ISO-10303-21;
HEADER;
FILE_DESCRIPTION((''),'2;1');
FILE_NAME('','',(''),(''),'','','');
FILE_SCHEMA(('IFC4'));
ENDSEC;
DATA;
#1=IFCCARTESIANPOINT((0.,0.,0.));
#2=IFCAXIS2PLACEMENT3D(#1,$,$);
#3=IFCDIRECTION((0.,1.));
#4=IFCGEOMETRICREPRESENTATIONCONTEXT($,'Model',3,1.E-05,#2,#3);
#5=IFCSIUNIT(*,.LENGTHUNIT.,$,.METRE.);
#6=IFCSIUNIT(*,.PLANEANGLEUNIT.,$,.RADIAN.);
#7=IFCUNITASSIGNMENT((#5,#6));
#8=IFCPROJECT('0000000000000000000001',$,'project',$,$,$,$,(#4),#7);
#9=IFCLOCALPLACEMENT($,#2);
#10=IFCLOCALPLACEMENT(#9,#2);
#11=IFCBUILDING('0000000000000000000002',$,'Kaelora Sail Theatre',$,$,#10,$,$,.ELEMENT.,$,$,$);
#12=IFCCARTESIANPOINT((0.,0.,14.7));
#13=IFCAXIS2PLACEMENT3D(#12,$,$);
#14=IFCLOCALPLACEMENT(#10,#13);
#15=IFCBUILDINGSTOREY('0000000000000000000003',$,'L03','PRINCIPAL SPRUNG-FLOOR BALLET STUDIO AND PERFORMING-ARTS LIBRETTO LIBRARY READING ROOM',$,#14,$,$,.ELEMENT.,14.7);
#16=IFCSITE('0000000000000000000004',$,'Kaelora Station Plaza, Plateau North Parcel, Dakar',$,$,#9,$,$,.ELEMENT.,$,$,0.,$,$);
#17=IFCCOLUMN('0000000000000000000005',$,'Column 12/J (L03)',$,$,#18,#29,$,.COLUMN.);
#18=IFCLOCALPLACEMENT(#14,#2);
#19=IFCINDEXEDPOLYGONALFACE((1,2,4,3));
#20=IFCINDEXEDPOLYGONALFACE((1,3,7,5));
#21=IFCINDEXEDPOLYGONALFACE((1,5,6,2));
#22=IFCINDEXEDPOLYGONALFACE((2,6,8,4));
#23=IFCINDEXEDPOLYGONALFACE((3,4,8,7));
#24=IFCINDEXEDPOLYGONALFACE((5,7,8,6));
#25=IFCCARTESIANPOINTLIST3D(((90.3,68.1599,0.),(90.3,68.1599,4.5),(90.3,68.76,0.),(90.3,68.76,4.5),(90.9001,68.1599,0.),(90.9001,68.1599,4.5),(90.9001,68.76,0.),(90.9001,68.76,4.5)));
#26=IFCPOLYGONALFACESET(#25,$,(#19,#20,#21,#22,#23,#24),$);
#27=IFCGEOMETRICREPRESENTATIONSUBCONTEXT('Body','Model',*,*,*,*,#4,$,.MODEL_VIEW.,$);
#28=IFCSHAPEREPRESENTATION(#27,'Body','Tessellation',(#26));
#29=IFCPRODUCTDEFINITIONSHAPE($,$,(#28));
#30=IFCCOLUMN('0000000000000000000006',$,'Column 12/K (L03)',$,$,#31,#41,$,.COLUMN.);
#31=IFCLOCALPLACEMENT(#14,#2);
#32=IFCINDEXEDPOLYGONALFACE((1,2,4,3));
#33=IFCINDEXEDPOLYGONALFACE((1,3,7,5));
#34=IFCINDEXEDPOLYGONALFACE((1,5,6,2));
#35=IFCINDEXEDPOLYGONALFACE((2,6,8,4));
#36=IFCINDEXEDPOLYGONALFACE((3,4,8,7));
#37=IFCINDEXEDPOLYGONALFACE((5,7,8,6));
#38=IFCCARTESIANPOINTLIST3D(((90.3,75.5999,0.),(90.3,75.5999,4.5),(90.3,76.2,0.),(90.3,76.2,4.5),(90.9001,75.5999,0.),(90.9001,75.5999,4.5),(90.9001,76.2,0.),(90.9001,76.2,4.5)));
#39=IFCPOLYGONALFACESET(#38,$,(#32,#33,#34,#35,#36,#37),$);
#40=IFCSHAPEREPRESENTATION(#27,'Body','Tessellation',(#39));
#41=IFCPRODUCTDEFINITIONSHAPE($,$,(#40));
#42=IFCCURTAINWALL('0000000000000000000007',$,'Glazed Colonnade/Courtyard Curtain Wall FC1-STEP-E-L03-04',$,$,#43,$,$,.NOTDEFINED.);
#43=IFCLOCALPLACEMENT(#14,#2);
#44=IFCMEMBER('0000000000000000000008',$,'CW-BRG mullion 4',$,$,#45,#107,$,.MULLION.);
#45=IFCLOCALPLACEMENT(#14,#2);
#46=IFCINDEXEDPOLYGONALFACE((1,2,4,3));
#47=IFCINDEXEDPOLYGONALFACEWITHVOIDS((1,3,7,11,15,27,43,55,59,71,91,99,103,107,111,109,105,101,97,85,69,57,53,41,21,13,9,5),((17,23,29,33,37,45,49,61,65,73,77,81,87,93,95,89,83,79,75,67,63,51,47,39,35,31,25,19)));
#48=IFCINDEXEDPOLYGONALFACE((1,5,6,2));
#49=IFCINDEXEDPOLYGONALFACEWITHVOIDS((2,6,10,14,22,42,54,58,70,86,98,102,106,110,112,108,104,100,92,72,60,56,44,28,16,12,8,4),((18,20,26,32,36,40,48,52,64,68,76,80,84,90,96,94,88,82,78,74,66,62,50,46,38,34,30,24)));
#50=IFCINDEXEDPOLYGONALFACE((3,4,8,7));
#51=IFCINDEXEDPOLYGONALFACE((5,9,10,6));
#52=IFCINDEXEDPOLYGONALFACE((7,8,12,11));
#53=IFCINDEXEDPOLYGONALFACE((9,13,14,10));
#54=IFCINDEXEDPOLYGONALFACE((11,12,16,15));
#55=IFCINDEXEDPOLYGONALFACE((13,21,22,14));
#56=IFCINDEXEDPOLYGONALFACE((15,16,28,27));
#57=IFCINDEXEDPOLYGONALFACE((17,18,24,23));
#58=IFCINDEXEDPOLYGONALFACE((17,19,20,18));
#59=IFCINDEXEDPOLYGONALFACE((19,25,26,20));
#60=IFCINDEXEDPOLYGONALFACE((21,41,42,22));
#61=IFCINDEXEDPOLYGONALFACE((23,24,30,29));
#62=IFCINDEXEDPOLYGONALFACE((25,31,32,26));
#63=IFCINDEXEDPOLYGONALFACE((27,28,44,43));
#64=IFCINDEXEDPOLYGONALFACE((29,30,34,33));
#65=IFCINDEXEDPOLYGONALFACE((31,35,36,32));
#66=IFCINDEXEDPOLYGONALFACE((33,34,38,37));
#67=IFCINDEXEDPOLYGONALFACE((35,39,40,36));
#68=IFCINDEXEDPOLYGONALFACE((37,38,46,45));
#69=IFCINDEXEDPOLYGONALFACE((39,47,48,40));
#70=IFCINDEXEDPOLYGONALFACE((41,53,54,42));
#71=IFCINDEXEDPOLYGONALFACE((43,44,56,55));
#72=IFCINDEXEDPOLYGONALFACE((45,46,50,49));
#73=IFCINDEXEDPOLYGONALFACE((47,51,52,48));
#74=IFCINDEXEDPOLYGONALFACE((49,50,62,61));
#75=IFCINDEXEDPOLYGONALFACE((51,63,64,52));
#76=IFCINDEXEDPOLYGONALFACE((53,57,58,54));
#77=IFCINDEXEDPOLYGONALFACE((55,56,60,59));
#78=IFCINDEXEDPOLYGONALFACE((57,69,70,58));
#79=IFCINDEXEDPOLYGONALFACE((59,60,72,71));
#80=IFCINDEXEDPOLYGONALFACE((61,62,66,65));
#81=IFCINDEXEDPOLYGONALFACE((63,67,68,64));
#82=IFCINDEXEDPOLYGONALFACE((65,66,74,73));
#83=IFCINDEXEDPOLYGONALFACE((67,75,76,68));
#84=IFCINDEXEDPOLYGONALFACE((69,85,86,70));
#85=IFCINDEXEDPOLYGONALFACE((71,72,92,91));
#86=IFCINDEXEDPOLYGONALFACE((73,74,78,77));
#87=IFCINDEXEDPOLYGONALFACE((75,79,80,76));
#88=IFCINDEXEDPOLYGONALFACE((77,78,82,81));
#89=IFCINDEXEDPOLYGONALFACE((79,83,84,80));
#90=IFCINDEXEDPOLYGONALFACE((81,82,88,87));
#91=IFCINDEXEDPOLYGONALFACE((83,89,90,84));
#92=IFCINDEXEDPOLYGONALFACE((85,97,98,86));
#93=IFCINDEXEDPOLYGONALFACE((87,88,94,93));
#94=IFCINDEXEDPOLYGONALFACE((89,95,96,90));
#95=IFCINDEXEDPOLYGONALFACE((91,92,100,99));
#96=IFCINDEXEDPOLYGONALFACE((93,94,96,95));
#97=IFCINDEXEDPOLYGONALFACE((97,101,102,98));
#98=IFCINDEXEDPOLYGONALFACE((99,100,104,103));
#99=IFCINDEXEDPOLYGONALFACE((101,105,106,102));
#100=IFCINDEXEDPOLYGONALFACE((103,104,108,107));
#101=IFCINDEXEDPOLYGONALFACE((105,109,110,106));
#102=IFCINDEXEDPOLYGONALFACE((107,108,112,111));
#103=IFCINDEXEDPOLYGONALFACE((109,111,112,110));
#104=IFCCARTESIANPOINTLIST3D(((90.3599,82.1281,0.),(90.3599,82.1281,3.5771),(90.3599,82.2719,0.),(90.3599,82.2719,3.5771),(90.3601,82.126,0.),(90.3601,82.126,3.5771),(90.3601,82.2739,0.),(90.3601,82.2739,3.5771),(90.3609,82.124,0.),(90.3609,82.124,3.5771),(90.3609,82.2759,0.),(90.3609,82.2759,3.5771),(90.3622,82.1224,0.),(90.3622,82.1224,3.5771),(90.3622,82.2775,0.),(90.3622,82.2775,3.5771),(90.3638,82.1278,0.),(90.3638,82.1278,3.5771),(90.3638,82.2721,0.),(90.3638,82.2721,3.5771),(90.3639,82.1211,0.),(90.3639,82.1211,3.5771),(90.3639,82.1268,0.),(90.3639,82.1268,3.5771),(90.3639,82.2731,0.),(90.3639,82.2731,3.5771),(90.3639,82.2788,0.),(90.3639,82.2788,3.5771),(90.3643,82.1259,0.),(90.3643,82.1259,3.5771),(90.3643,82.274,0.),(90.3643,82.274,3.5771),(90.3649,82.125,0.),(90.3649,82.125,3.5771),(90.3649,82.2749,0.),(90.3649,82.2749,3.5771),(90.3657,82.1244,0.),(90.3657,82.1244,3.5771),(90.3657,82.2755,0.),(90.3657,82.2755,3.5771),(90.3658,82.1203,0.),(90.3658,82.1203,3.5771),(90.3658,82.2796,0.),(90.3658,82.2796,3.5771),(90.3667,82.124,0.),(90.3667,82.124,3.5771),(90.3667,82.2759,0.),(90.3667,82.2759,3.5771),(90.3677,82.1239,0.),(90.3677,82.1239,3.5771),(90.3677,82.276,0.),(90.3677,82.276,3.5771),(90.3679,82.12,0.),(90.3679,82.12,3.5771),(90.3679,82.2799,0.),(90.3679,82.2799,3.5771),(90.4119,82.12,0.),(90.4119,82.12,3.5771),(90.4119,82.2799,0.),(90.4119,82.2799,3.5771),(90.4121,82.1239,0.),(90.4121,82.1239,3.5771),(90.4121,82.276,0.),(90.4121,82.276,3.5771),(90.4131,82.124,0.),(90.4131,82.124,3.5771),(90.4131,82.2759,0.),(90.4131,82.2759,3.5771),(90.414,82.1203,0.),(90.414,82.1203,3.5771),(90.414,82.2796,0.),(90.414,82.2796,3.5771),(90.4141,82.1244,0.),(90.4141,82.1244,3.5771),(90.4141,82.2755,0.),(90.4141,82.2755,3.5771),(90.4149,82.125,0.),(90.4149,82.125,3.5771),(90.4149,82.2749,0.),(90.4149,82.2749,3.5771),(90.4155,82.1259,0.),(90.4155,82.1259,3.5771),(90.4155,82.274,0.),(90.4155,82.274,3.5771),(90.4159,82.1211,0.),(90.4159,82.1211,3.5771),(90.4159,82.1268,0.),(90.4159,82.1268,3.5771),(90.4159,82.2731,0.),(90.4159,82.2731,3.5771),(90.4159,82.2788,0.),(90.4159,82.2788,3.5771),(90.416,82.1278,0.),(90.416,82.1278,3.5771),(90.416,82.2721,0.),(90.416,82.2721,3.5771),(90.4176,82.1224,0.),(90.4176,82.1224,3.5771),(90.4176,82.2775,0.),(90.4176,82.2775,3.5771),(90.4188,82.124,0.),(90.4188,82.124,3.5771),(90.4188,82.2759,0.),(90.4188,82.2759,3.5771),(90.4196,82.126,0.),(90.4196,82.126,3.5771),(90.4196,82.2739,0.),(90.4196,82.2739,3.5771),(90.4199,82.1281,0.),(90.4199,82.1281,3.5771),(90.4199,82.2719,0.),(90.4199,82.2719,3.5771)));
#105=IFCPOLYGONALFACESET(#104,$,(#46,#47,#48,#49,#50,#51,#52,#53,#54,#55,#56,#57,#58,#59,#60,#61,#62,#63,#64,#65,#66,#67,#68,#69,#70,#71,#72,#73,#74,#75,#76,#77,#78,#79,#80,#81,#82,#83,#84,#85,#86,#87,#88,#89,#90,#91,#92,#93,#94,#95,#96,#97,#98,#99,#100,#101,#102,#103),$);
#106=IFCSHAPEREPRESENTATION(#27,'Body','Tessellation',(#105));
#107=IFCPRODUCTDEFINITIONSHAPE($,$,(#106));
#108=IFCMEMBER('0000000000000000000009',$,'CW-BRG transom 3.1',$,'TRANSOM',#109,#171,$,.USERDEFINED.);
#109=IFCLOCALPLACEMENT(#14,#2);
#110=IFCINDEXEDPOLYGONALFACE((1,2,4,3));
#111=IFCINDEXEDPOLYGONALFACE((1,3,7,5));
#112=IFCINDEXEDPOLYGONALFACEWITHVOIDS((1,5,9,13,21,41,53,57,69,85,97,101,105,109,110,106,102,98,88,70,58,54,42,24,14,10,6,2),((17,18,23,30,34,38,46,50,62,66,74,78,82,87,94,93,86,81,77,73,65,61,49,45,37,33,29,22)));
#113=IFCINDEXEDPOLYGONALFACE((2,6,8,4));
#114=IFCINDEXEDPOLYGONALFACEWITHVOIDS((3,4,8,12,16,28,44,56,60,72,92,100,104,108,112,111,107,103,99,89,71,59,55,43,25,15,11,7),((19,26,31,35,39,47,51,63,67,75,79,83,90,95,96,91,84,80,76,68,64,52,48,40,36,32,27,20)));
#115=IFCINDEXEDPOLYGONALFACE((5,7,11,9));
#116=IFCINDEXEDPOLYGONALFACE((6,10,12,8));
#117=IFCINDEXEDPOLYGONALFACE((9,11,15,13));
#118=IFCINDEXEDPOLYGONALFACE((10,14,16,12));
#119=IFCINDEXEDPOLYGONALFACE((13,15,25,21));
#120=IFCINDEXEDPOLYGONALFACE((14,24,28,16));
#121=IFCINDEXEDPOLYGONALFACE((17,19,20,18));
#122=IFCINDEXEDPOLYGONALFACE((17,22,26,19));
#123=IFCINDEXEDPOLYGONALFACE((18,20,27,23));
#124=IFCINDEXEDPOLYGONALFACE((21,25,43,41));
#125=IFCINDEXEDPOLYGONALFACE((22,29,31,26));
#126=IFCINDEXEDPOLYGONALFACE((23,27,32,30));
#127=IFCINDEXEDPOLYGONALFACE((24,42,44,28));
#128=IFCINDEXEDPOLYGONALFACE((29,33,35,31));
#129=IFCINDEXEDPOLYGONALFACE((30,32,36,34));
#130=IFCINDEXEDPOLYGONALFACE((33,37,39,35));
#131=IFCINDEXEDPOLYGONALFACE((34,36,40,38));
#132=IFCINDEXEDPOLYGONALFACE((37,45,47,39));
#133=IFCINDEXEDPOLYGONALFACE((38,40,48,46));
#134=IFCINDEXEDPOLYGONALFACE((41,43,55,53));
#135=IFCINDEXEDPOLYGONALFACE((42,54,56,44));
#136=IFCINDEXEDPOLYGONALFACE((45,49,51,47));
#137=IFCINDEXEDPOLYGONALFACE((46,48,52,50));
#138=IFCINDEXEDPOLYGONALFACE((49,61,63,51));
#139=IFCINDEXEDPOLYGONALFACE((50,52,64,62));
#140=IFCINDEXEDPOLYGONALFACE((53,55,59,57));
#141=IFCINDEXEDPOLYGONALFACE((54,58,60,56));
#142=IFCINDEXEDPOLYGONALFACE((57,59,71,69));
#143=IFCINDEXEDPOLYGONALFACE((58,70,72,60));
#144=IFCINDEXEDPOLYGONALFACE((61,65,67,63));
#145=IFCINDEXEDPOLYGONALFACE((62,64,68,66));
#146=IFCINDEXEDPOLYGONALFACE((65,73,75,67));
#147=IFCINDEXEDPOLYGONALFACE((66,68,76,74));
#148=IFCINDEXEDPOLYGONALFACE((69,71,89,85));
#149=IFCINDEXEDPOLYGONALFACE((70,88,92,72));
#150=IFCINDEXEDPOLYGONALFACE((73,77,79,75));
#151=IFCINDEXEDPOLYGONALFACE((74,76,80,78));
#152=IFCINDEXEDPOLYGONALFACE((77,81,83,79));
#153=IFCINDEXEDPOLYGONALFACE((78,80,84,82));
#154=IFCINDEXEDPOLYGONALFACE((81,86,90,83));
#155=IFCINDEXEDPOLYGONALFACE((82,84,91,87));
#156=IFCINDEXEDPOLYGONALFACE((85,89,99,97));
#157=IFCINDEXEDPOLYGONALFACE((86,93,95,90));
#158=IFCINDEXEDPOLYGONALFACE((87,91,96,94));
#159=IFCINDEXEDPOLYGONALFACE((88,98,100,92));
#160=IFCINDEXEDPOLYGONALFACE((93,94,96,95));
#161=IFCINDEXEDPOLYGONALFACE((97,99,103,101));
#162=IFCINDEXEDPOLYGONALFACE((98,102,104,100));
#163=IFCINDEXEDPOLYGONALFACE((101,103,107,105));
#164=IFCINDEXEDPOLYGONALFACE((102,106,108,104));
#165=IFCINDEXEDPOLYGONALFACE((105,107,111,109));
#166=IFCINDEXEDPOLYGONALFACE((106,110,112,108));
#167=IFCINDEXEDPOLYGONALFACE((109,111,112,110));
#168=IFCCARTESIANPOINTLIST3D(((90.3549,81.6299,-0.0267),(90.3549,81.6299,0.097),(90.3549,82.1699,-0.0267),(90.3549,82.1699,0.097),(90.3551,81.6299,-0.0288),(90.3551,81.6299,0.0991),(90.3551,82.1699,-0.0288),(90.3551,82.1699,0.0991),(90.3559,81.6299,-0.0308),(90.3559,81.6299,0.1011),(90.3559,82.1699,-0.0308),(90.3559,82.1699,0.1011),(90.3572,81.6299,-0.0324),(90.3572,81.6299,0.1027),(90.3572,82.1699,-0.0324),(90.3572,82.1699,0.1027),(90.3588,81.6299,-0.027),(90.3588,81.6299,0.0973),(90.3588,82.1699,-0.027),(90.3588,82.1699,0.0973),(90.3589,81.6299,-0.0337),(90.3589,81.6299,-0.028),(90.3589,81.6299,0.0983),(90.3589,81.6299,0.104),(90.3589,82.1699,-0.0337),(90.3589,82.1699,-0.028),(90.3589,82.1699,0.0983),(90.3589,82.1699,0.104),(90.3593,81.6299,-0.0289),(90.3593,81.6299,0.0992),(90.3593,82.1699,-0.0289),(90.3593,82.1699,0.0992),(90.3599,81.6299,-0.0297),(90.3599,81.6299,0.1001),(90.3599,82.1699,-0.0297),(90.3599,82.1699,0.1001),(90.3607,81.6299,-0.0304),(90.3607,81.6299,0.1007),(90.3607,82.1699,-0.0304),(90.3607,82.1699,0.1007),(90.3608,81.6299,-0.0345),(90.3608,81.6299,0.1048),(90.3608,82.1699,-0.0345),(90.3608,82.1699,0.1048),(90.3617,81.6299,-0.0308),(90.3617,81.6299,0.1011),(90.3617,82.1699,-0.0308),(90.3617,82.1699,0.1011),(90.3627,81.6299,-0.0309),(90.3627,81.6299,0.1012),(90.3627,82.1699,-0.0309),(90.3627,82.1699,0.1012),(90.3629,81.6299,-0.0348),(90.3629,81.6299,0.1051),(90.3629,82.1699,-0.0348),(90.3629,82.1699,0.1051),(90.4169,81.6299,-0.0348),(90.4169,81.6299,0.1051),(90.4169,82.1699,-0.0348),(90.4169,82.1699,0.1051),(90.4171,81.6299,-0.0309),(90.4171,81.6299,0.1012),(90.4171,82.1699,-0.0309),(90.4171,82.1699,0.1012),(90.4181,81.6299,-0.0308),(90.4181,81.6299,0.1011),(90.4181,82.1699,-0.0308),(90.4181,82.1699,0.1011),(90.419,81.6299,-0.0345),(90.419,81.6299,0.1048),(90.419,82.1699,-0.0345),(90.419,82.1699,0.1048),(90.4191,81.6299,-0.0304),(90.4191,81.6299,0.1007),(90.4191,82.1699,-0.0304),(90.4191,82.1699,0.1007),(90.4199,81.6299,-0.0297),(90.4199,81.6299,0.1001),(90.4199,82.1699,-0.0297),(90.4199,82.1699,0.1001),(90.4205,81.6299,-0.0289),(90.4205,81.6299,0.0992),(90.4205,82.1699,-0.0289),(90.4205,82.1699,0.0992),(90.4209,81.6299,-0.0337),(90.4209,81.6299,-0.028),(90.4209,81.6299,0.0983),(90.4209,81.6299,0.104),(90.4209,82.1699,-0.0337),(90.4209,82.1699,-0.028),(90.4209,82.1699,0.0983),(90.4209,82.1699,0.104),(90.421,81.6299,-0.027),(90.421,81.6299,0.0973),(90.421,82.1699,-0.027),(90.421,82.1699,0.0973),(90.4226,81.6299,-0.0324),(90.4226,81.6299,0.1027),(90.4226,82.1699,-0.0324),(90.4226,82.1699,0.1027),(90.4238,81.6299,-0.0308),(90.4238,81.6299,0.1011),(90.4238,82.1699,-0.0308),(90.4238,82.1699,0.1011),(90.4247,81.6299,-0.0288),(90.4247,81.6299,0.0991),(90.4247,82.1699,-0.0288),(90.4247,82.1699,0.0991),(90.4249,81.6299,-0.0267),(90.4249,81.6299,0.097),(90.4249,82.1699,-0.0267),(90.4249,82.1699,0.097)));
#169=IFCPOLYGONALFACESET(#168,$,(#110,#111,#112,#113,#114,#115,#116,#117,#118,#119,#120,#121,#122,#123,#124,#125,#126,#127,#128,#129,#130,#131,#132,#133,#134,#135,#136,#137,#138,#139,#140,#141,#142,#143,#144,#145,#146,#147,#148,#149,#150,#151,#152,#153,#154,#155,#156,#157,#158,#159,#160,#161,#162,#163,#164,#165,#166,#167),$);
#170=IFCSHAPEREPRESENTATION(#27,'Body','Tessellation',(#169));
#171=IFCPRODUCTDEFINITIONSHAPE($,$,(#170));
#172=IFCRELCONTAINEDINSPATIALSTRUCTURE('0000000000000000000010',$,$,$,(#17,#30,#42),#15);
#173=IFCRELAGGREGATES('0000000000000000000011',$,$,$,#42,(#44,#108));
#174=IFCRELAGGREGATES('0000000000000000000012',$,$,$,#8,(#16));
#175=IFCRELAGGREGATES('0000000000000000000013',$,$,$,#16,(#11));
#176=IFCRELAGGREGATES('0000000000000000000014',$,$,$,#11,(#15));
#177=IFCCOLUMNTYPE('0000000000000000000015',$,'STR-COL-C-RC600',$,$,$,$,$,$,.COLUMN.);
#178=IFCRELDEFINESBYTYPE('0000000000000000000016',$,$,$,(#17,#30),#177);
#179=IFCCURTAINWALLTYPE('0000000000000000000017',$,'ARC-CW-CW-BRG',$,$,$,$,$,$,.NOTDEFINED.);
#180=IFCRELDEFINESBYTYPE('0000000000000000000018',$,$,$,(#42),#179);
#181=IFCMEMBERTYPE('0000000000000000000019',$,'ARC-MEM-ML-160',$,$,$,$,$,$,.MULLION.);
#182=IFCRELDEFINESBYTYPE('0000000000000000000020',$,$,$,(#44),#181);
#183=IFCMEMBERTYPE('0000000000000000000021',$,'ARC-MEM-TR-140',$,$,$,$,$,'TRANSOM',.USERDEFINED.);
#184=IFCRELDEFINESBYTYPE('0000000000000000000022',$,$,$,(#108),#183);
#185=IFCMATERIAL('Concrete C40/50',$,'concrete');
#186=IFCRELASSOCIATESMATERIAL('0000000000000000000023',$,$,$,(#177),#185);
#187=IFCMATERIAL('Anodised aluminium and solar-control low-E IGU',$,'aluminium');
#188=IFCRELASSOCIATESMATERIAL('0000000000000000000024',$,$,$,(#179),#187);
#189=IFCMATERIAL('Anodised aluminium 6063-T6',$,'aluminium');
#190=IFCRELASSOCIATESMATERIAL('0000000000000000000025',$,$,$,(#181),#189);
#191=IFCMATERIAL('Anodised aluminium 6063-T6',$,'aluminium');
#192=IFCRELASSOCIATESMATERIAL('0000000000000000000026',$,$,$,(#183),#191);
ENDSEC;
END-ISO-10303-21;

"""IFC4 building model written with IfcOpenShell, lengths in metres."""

from ifc_helpers import new_model, si_unit, direction, frame, origin, origin_2d, place, context, subcontext, project, spatial, rectangle, hollow_rectangle, extrude, material, material_profile, profile_set, type_object, element, aggregate, save


model = new_model("IFC4")

# Units and contexts
model_context = context("Model", 3, precision=1e-05, world=origin(), true_north=direction((0.0, 1.0)))
body_context = subcontext(model_context, "Body", "Model", "MODEL_VIEW")
ifc_project = project(units=[si_unit("LENGTHUNIT", "METRE"), si_unit("PLANEANGLEUNIT", "RADIAN")], contexts=[model_context])

# Site, building, storey
site_placement = place(None, origin())
site = spatial("IfcSite", under=ifc_project, at=site_placement, Name="Kaelora Station Plaza, Plateau North Parcel, Dakar", CompositionType="ELEMENT", RefElevation=0.0)
building_placement = place(site_placement, origin())
building = spatial("IfcBuilding", under=site, at=building_placement, Name="Kaelora Sail Theatre", CompositionType="ELEMENT")
storey_placement = place(building_placement, frame((0.0, 0.0, 14.7)))
storey = spatial("IfcBuildingStorey", under=building, at=storey_placement, Name="L03", Description="PRINCIPAL SPRUNG-FLOOR BALLET STUDIO AND PERFORMING-ARTS LIBRETTO LIBRARY READING ROOM", CompositionType="ELEMENT", Elevation=14.7)

# Columns
ifc_material_1 = material(Name="Concrete C40/50", Category="concrete")
ifc_material_profile_1 = material_profile(ifc_material_1, rectangle(XDim=0.6001, YDim=0.6001, at=origin_2d()), Name="RC-COL 600x600")
ifc_profile_set_1 = profile_set([ifc_material_profile_1], Name="Concrete C40/50")
column_type = type_object("IfcColumnType", Name="STR-COL-C-RC600", PredefinedType="COLUMN", material=ifc_profile_set_1)
for number, where, z_axis, x_axis, name in (
    (1, (90.6001, 68.46, 0.0), (0.0, 0.0, 1.0), (1.0, 0.0, 0.0), "Column 12/J (L03)"),
    (2, (90.6001, 75.8999, 0.0), (0.0, 0.0, 1.0), (1.0, 0.0, 0.0), "Column 12/K (L03)"),
):
    element("IfcColumn", number, at=place(storey_placement, frame(where, z_axis=z_axis, x_axis=x_axis)), inside=storey, type_object=column_type, Name=name, PredefinedType="COLUMN", context=body_context, shape_type="SweptSolid", body=[
        extrude(rectangle(XDim=0.6001, YDim=0.6001, at=origin_2d()), origin(), (0.0, 0.0, 1.0), 4.5),
    ])

# Curtain wall, members
ifc_material_2 = material(Name="Anodised aluminium and solar-control low-E IGU", Category="aluminium")
curtain_wall_type = type_object("IfcCurtainWallType", Name="ARC-CW-CW-BRG", PredefinedType="NOTDEFINED", material=ifc_material_2)
curtain_wall_placement = place(storey_placement, origin())
curtain_wall = element("IfcCurtainWall", 3, at=curtain_wall_placement, inside=storey, type_object=curtain_wall_type, Name="Glazed Colonnade/Courtyard Curtain Wall FC1-STEP-E-L03-04", PredefinedType="NOTDEFINED")
ifc_material_3 = material(Name="Anodised aluminium 6063-T6", Category="aluminium")
ifc_material_profile_2 = material_profile(ifc_material_3, hollow_rectangle(XDim=0.0601, YDim=0.1599, WallThickness=0.0039, InnerFilletRadius=0.0039, OuterFilletRadius=0.0081, at=origin_2d()), Name="ALU-MULL 60x160x4")
ifc_profile_set_2 = profile_set([ifc_material_profile_2], Name="Anodised aluminium 6063-T6")
member_type_1 = type_object("IfcMemberType", Name="ARC-MEM-ML-160", PredefinedType="MULLION", material=ifc_profile_set_2)
member_1_placement = place(storey_placement, frame((90.3899, 82.2, 0.0), z_axis=(0.0, 0.0, 1.0), x_axis=(-1.0, 0.0, 0.0)))
member_1 = element("IfcMember", 4, at=member_1_placement, type_object=member_type_1, Name="CW-BRG mullion 4", PredefinedType="MULLION", context=body_context, shape_type="SweptSolid", body=[
    extrude(hollow_rectangle(XDim=0.0601, YDim=0.1599, WallThickness=0.0039, InnerFilletRadius=0.0039, OuterFilletRadius=0.0081, at=origin_2d()), origin(), (0.0, 0.0, 1.0), 3.5771),
])
ifc_material_4 = material(Name="Anodised aluminium 6063-T6", Category="aluminium")
ifc_material_profile_3 = material_profile(ifc_material_4, hollow_rectangle(XDim=0.0701, YDim=0.1399, WallThickness=0.0039, InnerFilletRadius=0.0039, OuterFilletRadius=0.0081, at=origin_2d()), Name="ALU-TRAN 70x140x4")
ifc_profile_set_3 = profile_set([ifc_material_profile_3], Name="Anodised aluminium 6063-T6")
member_type_2 = type_object("IfcMemberType", Name="ARC-MEM-TR-140", ElementType="TRANSOM", PredefinedType="USERDEFINED", material=ifc_profile_set_3)
member_2_placement = place(storey_placement, frame((90.3899, 81.6299, 0.0352), z_axis=(0.0, 1.0, 0.0), x_axis=(-1.0, 0.0, 0.0)))
member_2 = element("IfcMember", 5, at=member_2_placement, type_object=member_type_2, Name="CW-BRG transom 3.1", ObjectType="TRANSOM", PredefinedType="USERDEFINED", context=body_context, shape_type="SweptSolid", body=[
    extrude(hollow_rectangle(XDim=0.0701, YDim=0.1399, WallThickness=0.0039, InnerFilletRadius=0.0039, OuterFilletRadius=0.0081, at=origin_2d()), origin(), (0.0, 0.0, 1.0), 0.54),
])

aggregate(curtain_wall, [member_1, member_2])

save(model, "model.ifc")
